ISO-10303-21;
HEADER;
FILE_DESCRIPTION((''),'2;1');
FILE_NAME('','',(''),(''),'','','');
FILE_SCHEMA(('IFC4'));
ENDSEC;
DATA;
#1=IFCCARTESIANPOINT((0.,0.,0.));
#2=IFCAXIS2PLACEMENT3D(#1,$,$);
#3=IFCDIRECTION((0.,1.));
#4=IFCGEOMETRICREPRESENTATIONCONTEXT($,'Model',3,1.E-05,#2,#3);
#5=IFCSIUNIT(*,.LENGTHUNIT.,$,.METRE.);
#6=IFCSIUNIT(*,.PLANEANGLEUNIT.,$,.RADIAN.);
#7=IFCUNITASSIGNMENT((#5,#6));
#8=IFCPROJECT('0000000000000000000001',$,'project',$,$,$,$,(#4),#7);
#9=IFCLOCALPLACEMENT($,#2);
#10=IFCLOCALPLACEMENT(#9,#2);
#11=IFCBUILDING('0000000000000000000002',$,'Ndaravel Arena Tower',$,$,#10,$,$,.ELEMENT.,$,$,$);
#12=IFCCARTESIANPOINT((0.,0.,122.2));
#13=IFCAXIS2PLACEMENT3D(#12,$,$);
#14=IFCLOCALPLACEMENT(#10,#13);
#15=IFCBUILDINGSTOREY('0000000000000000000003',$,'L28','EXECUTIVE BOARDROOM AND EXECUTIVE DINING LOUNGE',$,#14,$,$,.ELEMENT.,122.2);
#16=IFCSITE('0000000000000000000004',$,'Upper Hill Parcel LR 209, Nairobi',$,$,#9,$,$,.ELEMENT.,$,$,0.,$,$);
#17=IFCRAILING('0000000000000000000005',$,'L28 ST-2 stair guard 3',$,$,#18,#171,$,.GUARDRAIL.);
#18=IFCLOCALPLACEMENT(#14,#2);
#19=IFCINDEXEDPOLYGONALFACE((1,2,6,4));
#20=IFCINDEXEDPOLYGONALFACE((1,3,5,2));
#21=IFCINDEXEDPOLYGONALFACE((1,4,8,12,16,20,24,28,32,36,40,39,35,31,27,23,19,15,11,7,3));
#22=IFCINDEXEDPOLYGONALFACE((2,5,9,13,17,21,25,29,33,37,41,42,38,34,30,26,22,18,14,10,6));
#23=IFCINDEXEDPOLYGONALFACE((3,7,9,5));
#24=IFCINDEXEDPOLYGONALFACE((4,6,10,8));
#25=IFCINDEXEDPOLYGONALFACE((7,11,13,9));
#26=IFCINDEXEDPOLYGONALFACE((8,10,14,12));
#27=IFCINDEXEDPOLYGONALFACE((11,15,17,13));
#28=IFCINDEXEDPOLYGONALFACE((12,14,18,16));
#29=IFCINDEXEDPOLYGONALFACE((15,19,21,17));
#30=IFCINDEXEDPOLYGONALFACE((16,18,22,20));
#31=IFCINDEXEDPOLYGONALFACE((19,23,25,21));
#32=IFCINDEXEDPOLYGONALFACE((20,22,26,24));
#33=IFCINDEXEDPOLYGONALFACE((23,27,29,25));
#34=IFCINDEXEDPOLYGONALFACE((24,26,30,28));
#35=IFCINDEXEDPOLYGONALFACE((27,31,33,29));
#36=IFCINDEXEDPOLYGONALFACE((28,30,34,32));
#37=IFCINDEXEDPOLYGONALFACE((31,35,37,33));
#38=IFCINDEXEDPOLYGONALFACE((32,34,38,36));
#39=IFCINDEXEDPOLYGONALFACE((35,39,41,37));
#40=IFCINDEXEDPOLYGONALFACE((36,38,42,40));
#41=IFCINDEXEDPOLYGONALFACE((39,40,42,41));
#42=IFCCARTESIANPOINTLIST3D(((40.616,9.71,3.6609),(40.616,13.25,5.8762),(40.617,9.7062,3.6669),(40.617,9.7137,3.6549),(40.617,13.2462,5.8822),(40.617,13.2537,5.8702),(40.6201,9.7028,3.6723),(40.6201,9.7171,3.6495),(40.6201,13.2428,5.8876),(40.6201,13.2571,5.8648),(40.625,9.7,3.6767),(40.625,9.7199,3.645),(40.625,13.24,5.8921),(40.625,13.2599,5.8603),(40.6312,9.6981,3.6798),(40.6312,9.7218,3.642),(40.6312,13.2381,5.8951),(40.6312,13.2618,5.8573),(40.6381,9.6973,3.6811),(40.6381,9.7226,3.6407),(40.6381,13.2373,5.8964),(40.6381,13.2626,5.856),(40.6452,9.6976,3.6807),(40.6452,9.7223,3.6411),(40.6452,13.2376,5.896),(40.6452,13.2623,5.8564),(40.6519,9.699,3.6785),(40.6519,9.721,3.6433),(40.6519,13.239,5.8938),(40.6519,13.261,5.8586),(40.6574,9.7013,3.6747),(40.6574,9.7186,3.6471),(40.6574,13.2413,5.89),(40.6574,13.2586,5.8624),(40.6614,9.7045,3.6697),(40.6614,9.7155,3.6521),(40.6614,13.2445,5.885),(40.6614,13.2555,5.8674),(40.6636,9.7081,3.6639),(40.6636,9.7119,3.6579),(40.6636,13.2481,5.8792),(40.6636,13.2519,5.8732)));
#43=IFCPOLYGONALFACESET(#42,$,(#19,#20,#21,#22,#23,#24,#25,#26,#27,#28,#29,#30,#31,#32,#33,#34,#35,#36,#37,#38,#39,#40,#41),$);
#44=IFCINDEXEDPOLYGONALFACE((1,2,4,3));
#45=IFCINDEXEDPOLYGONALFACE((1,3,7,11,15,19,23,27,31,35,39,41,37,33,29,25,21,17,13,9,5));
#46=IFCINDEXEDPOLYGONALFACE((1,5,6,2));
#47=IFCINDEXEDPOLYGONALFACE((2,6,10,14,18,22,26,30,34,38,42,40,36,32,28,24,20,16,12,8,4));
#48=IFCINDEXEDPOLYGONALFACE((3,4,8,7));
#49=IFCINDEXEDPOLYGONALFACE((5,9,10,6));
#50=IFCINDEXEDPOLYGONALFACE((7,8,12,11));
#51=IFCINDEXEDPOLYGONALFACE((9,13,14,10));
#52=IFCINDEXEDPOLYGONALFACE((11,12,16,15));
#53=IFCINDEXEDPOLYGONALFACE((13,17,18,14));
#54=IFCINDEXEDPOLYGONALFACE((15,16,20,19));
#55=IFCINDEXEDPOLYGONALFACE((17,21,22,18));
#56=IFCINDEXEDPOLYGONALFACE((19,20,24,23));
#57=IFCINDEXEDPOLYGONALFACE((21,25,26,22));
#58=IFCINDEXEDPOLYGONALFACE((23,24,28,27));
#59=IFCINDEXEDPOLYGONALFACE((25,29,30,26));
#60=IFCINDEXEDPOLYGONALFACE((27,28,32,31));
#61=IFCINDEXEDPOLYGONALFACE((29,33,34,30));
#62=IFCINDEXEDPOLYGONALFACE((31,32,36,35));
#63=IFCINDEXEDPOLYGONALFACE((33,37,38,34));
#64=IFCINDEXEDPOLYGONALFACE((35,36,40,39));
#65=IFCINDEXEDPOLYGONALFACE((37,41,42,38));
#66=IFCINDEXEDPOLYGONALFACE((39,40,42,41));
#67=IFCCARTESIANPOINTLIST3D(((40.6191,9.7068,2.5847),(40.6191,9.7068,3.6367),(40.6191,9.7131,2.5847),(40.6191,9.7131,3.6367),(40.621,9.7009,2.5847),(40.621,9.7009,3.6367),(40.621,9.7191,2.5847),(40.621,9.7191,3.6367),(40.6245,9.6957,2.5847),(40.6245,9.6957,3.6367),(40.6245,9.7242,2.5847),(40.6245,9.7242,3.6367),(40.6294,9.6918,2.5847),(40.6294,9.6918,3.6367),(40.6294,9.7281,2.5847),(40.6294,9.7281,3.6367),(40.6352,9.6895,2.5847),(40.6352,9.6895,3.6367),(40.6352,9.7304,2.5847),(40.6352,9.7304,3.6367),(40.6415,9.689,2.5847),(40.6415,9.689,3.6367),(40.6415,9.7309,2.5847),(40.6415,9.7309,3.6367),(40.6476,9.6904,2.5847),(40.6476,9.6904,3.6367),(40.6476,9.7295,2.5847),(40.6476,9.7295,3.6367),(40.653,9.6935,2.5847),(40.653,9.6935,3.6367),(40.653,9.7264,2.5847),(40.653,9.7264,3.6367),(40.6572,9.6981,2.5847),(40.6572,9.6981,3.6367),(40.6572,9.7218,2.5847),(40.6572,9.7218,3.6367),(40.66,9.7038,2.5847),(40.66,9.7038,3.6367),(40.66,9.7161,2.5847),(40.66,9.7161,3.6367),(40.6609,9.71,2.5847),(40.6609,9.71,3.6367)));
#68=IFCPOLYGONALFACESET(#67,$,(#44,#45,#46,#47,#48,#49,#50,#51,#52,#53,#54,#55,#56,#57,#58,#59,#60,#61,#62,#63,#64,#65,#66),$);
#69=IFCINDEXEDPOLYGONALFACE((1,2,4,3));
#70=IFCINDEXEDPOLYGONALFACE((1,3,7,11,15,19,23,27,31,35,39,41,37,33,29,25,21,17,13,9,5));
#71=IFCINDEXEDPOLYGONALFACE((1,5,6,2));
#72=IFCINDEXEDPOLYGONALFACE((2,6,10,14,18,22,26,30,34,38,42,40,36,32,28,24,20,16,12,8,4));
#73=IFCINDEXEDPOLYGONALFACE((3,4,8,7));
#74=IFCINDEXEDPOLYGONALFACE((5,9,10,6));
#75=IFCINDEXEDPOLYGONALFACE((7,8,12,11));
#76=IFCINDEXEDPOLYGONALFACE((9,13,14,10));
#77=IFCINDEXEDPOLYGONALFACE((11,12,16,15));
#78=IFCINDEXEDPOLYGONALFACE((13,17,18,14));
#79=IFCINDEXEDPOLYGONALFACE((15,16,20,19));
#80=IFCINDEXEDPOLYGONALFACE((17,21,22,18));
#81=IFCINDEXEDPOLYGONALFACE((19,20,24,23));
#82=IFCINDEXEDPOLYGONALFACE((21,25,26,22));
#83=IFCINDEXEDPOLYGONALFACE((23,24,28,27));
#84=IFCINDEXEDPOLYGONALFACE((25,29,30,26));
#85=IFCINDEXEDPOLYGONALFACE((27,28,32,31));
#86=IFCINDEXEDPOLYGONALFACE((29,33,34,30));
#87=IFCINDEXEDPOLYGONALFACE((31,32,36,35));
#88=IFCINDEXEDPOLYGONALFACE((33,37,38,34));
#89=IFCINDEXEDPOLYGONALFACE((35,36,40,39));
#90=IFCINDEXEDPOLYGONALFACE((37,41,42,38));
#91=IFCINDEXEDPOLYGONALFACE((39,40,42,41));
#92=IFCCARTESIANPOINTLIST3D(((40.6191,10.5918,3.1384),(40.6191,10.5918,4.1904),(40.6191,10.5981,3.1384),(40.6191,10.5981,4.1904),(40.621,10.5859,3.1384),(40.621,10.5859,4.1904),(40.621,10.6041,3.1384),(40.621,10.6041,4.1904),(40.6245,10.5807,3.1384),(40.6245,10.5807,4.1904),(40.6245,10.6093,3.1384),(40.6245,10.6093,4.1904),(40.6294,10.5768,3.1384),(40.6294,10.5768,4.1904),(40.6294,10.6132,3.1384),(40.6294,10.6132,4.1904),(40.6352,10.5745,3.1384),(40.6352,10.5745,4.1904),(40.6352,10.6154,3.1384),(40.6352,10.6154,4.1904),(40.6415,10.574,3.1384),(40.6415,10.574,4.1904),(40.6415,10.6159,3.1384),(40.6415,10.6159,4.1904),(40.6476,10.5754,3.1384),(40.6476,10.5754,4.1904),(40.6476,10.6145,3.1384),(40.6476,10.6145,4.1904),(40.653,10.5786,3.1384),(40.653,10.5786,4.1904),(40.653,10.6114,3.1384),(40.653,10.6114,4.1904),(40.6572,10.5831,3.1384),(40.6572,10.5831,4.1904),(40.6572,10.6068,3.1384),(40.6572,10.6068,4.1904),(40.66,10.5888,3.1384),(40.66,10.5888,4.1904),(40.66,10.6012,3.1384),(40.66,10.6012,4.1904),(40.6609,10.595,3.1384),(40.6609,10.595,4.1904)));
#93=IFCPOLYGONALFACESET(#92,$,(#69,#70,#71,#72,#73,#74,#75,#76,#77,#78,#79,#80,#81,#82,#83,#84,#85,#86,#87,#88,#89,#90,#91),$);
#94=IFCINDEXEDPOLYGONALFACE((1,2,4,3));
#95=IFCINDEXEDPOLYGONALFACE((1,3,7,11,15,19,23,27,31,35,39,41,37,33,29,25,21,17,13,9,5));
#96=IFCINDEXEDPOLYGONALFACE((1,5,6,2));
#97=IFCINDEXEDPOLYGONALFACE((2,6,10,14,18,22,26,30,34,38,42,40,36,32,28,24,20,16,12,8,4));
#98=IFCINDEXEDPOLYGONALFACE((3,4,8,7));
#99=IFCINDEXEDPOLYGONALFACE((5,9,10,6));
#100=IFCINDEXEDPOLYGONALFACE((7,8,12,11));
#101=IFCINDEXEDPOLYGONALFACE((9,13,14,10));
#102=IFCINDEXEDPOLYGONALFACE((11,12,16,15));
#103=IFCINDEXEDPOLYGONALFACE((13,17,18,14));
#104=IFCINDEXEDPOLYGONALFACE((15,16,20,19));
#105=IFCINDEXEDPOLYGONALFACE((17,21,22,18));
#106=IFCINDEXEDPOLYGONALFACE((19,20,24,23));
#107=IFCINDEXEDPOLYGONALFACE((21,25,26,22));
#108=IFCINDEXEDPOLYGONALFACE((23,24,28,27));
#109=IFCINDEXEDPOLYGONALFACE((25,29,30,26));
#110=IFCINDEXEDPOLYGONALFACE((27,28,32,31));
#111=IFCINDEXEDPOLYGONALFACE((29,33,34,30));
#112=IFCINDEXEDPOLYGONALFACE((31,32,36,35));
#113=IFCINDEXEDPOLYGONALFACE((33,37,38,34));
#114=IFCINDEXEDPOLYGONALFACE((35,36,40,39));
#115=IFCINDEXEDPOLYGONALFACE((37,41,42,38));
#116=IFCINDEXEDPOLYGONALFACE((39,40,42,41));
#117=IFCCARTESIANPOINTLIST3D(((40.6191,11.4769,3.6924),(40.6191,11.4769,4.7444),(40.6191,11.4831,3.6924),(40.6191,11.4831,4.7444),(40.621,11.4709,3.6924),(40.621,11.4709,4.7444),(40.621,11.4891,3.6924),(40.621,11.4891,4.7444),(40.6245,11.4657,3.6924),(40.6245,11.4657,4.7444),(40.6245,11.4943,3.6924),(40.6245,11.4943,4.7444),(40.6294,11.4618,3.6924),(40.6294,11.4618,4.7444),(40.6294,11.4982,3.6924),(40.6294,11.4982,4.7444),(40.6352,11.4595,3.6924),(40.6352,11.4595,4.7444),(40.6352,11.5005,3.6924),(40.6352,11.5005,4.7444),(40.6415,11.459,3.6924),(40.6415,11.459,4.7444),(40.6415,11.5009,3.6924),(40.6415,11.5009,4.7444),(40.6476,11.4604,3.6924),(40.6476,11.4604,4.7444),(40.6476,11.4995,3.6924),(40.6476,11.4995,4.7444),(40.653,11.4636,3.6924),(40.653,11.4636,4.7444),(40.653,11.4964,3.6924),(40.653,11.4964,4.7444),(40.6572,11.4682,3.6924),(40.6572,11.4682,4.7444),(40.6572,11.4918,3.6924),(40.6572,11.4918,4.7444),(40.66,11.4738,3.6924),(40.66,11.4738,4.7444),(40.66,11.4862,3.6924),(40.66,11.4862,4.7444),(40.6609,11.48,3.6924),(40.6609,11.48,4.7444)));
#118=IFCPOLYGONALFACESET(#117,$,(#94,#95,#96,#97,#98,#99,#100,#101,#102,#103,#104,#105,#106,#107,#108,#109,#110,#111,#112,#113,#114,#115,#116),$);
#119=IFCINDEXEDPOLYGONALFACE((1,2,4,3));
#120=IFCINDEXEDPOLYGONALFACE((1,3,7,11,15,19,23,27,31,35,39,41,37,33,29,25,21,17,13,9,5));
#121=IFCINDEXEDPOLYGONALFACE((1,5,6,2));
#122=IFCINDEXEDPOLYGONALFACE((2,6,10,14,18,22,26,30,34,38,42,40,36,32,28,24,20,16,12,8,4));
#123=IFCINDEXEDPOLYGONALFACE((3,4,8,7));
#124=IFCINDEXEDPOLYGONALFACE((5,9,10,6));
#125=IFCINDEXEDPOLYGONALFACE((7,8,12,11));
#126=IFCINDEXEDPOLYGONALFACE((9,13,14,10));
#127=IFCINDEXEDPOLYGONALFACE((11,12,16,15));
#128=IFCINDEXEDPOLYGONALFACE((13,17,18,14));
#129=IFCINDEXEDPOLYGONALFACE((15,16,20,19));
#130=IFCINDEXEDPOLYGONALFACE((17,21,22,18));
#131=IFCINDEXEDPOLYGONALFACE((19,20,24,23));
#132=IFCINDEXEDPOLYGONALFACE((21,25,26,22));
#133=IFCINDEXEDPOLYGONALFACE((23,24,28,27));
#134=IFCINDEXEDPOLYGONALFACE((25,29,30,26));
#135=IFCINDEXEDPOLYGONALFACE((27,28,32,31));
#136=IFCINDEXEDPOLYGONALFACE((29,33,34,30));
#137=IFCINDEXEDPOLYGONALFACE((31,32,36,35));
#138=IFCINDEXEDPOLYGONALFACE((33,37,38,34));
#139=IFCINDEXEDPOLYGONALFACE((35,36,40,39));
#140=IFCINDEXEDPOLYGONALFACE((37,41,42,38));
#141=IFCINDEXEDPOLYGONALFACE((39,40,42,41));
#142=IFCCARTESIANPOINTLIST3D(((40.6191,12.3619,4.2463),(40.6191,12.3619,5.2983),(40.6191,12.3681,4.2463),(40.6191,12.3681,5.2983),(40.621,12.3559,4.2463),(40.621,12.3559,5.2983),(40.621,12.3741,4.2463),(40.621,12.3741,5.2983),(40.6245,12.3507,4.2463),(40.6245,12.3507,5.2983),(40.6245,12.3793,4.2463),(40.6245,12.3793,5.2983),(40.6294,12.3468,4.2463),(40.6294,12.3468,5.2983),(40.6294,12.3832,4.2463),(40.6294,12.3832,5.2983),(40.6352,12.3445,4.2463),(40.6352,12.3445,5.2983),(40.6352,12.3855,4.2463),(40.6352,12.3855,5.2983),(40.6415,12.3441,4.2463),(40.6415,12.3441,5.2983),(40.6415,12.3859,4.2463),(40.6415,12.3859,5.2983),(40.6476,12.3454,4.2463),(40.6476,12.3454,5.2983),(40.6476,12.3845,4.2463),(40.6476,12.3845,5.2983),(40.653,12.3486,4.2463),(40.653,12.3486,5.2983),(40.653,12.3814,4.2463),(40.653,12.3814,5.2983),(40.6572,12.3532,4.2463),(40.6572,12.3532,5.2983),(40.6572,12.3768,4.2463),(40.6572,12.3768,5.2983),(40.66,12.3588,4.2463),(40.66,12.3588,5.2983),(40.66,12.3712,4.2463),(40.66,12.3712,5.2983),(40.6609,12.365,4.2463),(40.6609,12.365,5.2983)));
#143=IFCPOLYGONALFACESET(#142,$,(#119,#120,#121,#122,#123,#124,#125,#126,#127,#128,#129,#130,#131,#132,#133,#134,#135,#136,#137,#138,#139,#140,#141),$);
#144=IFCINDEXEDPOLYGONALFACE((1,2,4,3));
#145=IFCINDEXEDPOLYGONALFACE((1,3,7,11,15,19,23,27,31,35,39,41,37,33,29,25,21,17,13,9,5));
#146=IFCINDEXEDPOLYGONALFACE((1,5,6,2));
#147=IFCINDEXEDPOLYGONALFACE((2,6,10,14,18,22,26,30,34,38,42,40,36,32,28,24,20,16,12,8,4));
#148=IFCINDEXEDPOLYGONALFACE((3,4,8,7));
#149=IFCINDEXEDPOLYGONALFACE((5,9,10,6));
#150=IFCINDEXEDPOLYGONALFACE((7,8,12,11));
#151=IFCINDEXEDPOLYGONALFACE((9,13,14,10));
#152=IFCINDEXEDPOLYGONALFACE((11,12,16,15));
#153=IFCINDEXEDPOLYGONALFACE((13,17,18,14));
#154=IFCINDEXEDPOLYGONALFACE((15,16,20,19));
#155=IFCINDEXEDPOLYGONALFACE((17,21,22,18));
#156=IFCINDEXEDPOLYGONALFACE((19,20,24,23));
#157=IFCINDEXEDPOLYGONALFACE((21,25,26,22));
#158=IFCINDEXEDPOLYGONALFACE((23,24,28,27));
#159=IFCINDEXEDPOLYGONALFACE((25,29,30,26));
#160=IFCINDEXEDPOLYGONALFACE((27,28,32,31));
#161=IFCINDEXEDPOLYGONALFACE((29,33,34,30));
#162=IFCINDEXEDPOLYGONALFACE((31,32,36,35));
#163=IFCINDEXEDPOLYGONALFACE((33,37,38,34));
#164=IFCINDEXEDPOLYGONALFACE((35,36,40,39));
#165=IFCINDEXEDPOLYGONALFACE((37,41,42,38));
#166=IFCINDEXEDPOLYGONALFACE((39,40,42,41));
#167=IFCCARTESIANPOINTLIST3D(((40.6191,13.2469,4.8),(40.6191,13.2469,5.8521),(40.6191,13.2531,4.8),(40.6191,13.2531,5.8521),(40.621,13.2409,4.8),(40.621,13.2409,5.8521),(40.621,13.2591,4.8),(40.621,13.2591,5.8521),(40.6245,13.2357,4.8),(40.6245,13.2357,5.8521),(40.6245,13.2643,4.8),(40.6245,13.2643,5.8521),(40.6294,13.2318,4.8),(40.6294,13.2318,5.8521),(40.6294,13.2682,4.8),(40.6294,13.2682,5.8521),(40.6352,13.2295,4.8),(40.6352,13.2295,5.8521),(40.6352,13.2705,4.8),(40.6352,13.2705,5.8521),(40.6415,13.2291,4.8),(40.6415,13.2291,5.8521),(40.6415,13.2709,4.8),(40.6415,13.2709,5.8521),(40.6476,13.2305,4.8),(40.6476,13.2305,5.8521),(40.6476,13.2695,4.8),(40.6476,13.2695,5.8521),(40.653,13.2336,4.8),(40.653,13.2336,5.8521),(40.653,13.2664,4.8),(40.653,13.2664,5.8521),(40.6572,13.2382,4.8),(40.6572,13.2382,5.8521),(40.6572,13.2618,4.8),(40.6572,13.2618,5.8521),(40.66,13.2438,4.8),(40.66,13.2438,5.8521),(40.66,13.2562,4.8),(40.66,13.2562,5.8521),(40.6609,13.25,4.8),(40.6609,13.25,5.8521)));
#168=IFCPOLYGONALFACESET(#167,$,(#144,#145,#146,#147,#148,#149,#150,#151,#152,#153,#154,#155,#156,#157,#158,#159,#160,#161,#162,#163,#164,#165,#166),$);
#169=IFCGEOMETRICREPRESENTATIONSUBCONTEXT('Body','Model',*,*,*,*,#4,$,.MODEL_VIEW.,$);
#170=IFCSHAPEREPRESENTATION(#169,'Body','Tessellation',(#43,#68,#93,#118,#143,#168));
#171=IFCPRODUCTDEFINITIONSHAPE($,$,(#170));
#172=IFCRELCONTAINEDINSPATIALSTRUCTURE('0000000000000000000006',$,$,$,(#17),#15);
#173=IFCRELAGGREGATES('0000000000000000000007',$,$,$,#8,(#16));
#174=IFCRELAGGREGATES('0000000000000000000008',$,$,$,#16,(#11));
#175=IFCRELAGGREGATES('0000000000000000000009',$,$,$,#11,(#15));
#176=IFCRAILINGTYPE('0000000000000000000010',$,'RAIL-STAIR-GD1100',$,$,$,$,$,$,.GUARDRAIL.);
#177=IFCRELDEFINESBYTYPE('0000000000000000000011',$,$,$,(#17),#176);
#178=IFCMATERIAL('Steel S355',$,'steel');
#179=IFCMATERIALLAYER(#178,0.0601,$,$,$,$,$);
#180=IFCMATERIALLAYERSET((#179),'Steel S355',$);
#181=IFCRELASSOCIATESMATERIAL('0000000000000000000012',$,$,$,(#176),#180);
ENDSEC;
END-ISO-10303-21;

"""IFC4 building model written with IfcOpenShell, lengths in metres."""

from ifc_helpers import new_model, si_unit, direction, frame, origin, origin_2d, place, context, subcontext, project, spatial, circle, extrude, material, layer, layer_set, type_object, element, save


model = new_model("IFC4")

# Units and contexts
model_context = context("Model", 3, precision=1e-05, world=origin(), true_north=direction((0.0, 1.0)))
body_context = subcontext(model_context, "Body", "Model", "MODEL_VIEW")
ifc_project = project(units=[si_unit("LENGTHUNIT", "METRE"), si_unit("PLANEANGLEUNIT", "RADIAN")], contexts=[model_context])

# Site, building, storey
site_placement = place(None, origin())
site = spatial("IfcSite", under=ifc_project, at=site_placement, Name="Upper Hill Parcel LR 209, Nairobi", CompositionType="ELEMENT", RefElevation=0.0)
building_placement = place(site_placement, origin())
building = spatial("IfcBuilding", under=site, at=building_placement, Name="Ndaravel Arena Tower", CompositionType="ELEMENT")
storey_placement = place(building_placement, frame((0.0, 0.0, 122.2)))
storey = spatial("IfcBuildingStorey", under=building, at=storey_placement, Name="L28", Description="EXECUTIVE BOARDROOM AND EXECUTIVE DINING LOUNGE", CompositionType="ELEMENT", Elevation=122.2)

# Railing
ifc_material_1 = material(Name="Steel S355", Category="steel")
ifc_layer_1 = layer(ifc_material_1, 0.0601)
ifc_layer_set_1 = layer_set([ifc_layer_1], Name="Steel S355")
railing_type_1 = type_object("IfcRailingType", Name="RAIL-STAIR-GD1100", PredefinedType="GUARDRAIL", material=ifc_layer_set_1)
railing_1_placement = place(storey_placement, frame((40.6399, 9.71, 2.5847)))
element("IfcRailing", 1, at=railing_1_placement, inside=storey, type_object=railing_type_1, Name="L28 ST-2 stair guard 3", PredefinedType="GUARDRAIL", context=body_context, shape_type="SweptSolid", body=[
    extrude(circle(Radius=0.0239, at=origin_2d()), frame((0.0, 0.0, 1.0762), z_axis=(0.0, 0.847696, 0.530482), x_axis=(-1.0, 0.0, 0.0)), (0.0, 0.0, 1.0), 4.176),
    extrude(circle(Radius=0.021, at=origin_2d()), origin(), (0.0, 0.0, 1.0), 1.052),
    extrude(circle(Radius=0.021, at=origin_2d()), frame((0.0, 0.885, 0.5537)), (0.0, 0.0, 1.0), 1.052),
    extrude(circle(Radius=0.021, at=origin_2d()), frame((0.0, 1.77, 1.1077)), (0.0, 0.0, 1.0), 1.052),
    extrude(circle(Radius=0.021, at=origin_2d()), frame((0.0, 2.655, 1.6616)), (0.0, 0.0, 1.0), 1.052),
    extrude(circle(Radius=0.021, at=origin_2d()), frame((0.0, 3.54, 2.2153)), (0.0, 0.0, 1.0), 1.052),
])

save(model, "model.ifc")
